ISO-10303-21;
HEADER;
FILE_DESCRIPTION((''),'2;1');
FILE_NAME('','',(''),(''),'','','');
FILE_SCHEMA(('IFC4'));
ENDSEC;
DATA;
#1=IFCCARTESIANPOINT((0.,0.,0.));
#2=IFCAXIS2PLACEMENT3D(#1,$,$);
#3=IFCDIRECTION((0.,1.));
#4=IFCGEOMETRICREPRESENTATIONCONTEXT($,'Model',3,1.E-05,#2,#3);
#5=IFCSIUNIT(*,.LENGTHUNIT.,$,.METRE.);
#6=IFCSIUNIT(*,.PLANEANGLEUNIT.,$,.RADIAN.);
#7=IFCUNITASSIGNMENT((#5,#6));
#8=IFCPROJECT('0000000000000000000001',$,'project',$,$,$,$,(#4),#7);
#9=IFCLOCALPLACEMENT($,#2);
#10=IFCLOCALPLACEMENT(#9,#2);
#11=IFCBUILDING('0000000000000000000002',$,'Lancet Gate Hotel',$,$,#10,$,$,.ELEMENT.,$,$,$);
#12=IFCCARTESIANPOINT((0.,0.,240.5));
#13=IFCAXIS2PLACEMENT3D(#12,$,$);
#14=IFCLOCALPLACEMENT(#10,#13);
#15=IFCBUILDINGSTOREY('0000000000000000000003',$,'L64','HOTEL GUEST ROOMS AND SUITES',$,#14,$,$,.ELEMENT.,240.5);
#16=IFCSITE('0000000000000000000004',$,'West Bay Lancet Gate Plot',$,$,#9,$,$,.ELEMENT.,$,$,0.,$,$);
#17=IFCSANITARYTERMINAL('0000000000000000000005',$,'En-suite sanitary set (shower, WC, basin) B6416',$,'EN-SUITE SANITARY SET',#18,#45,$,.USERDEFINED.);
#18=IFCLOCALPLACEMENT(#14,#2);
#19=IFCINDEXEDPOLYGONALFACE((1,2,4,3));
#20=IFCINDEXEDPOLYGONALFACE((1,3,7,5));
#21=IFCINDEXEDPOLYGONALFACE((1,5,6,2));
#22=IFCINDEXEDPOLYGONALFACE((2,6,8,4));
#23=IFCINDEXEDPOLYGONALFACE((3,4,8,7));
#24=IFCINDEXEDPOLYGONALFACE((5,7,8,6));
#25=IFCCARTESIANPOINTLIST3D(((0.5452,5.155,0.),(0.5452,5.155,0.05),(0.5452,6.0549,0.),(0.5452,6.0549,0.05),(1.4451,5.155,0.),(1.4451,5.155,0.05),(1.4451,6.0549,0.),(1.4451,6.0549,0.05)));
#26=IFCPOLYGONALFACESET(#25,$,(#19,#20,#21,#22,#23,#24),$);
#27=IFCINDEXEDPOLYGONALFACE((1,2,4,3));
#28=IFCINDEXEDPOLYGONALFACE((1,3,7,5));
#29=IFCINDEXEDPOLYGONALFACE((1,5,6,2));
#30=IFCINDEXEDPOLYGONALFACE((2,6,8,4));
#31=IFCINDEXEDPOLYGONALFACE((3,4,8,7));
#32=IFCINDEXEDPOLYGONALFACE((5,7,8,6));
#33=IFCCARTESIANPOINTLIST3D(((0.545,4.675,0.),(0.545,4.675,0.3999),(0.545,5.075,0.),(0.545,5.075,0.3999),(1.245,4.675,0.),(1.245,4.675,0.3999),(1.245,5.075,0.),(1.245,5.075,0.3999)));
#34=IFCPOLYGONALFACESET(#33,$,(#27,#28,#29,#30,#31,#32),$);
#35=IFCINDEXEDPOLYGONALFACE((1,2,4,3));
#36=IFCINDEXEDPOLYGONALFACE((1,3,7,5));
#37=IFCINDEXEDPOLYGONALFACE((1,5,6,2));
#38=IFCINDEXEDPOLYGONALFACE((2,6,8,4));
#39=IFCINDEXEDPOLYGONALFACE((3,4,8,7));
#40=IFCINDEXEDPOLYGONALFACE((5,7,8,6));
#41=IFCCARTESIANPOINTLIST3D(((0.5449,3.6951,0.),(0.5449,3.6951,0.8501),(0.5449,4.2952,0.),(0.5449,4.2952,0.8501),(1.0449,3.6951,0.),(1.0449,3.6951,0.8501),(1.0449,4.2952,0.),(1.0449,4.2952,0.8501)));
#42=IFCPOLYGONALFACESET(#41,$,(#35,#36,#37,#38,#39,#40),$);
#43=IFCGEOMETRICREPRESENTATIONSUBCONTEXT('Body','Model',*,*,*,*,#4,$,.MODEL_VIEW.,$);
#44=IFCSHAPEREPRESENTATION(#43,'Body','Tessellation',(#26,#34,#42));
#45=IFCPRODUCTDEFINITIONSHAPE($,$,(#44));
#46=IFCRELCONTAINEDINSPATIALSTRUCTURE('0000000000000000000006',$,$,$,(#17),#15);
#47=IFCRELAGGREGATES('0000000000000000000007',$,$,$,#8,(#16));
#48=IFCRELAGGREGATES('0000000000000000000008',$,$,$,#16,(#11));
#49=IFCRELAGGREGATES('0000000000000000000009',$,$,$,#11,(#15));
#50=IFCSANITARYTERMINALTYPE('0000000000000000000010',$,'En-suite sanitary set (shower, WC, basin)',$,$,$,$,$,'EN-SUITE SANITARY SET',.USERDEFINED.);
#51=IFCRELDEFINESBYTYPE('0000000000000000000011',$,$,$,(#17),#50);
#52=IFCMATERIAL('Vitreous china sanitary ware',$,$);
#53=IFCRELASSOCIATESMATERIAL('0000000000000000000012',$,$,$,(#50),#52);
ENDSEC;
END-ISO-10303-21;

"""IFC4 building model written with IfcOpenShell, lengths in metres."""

from ifc_helpers import new_model, si_unit, direction, frame, origin, origin_2d, place, context, subcontext, project, spatial, rectangle, extrude, material, type_object, element, save


model = new_model("IFC4")

# Units and contexts
model_context = context("Model", 3, precision=1e-05, world=origin(), true_north=direction((0.0, 1.0)))
body_context = subcontext(model_context, "Body", "Model", "MODEL_VIEW")
ifc_project = project(units=[si_unit("LENGTHUNIT", "METRE"), si_unit("PLANEANGLEUNIT", "RADIAN")], contexts=[model_context])

# Site, building, storey
site_placement = place(None, origin())
site = spatial("IfcSite", under=ifc_project, at=site_placement, Name="West Bay Lancet Gate Plot", CompositionType="ELEMENT", RefElevation=0.0)
building_placement = place(site_placement, origin())
building = spatial("IfcBuilding", under=site, at=building_placement, Name="Lancet Gate Hotel", CompositionType="ELEMENT")
storey_placement = place(building_placement, frame((0.0, 0.0, 240.5)))
storey = spatial("IfcBuildingStorey", under=building, at=storey_placement, Name="L64", Description="HOTEL GUEST ROOMS AND SUITES", CompositionType="ELEMENT", Elevation=240.5)

# Sanitary terminal
ifc_material_1 = material(Name="Vitreous china sanitary ware")
sanitary_terminal_type = type_object("IfcSanitaryTerminalType", Name="En-suite sanitary set (shower, WC, basin)", ElementType="EN-SUITE SANITARY SET", PredefinedType="USERDEFINED", material=ifc_material_1)
sanitary_terminal_placement = place(storey_placement, frame((0.9951, 5.605, 0.0), z_axis=(0.0, 0.0, 1.0), x_axis=(1.0, 0.0, 0.0)))
element("IfcSanitaryTerminal", 1, at=sanitary_terminal_placement, inside=storey, type_object=sanitary_terminal_type, Name="En-suite sanitary set (shower, WC, basin) B6416", ObjectType="EN-SUITE SANITARY SET", PredefinedType="USERDEFINED", context=body_context, shape_type="SweptSolid", body=[
    extrude(rectangle(XDim=0.8999, YDim=0.8999, at=origin_2d()), frame((0.0, 0.0, 0.0), z_axis=(0.0, 0.0, 1.0), x_axis=(0.0, 1.0, 0.0)), (0.0, 0.0, 1.0), 0.05),
    extrude(rectangle(XDim=0.3999, YDim=0.7, at=origin_2d()), frame((-0.1001, -0.73, 0.0), z_axis=(0.0, 0.0, 1.0), x_axis=(0.0, 1.0, 0.0)), (0.0, 0.0, 1.0), 0.3999),
    extrude(rectangle(XDim=0.6001, YDim=0.5, at=origin_2d()), frame((-0.2002, -1.6099, 0.0), z_axis=(0.0, 0.0, 1.0), x_axis=(0.0, 1.0, 0.0)), (0.0, 0.0, 1.0), 0.8501),
])

save(model, "model.ifc")
